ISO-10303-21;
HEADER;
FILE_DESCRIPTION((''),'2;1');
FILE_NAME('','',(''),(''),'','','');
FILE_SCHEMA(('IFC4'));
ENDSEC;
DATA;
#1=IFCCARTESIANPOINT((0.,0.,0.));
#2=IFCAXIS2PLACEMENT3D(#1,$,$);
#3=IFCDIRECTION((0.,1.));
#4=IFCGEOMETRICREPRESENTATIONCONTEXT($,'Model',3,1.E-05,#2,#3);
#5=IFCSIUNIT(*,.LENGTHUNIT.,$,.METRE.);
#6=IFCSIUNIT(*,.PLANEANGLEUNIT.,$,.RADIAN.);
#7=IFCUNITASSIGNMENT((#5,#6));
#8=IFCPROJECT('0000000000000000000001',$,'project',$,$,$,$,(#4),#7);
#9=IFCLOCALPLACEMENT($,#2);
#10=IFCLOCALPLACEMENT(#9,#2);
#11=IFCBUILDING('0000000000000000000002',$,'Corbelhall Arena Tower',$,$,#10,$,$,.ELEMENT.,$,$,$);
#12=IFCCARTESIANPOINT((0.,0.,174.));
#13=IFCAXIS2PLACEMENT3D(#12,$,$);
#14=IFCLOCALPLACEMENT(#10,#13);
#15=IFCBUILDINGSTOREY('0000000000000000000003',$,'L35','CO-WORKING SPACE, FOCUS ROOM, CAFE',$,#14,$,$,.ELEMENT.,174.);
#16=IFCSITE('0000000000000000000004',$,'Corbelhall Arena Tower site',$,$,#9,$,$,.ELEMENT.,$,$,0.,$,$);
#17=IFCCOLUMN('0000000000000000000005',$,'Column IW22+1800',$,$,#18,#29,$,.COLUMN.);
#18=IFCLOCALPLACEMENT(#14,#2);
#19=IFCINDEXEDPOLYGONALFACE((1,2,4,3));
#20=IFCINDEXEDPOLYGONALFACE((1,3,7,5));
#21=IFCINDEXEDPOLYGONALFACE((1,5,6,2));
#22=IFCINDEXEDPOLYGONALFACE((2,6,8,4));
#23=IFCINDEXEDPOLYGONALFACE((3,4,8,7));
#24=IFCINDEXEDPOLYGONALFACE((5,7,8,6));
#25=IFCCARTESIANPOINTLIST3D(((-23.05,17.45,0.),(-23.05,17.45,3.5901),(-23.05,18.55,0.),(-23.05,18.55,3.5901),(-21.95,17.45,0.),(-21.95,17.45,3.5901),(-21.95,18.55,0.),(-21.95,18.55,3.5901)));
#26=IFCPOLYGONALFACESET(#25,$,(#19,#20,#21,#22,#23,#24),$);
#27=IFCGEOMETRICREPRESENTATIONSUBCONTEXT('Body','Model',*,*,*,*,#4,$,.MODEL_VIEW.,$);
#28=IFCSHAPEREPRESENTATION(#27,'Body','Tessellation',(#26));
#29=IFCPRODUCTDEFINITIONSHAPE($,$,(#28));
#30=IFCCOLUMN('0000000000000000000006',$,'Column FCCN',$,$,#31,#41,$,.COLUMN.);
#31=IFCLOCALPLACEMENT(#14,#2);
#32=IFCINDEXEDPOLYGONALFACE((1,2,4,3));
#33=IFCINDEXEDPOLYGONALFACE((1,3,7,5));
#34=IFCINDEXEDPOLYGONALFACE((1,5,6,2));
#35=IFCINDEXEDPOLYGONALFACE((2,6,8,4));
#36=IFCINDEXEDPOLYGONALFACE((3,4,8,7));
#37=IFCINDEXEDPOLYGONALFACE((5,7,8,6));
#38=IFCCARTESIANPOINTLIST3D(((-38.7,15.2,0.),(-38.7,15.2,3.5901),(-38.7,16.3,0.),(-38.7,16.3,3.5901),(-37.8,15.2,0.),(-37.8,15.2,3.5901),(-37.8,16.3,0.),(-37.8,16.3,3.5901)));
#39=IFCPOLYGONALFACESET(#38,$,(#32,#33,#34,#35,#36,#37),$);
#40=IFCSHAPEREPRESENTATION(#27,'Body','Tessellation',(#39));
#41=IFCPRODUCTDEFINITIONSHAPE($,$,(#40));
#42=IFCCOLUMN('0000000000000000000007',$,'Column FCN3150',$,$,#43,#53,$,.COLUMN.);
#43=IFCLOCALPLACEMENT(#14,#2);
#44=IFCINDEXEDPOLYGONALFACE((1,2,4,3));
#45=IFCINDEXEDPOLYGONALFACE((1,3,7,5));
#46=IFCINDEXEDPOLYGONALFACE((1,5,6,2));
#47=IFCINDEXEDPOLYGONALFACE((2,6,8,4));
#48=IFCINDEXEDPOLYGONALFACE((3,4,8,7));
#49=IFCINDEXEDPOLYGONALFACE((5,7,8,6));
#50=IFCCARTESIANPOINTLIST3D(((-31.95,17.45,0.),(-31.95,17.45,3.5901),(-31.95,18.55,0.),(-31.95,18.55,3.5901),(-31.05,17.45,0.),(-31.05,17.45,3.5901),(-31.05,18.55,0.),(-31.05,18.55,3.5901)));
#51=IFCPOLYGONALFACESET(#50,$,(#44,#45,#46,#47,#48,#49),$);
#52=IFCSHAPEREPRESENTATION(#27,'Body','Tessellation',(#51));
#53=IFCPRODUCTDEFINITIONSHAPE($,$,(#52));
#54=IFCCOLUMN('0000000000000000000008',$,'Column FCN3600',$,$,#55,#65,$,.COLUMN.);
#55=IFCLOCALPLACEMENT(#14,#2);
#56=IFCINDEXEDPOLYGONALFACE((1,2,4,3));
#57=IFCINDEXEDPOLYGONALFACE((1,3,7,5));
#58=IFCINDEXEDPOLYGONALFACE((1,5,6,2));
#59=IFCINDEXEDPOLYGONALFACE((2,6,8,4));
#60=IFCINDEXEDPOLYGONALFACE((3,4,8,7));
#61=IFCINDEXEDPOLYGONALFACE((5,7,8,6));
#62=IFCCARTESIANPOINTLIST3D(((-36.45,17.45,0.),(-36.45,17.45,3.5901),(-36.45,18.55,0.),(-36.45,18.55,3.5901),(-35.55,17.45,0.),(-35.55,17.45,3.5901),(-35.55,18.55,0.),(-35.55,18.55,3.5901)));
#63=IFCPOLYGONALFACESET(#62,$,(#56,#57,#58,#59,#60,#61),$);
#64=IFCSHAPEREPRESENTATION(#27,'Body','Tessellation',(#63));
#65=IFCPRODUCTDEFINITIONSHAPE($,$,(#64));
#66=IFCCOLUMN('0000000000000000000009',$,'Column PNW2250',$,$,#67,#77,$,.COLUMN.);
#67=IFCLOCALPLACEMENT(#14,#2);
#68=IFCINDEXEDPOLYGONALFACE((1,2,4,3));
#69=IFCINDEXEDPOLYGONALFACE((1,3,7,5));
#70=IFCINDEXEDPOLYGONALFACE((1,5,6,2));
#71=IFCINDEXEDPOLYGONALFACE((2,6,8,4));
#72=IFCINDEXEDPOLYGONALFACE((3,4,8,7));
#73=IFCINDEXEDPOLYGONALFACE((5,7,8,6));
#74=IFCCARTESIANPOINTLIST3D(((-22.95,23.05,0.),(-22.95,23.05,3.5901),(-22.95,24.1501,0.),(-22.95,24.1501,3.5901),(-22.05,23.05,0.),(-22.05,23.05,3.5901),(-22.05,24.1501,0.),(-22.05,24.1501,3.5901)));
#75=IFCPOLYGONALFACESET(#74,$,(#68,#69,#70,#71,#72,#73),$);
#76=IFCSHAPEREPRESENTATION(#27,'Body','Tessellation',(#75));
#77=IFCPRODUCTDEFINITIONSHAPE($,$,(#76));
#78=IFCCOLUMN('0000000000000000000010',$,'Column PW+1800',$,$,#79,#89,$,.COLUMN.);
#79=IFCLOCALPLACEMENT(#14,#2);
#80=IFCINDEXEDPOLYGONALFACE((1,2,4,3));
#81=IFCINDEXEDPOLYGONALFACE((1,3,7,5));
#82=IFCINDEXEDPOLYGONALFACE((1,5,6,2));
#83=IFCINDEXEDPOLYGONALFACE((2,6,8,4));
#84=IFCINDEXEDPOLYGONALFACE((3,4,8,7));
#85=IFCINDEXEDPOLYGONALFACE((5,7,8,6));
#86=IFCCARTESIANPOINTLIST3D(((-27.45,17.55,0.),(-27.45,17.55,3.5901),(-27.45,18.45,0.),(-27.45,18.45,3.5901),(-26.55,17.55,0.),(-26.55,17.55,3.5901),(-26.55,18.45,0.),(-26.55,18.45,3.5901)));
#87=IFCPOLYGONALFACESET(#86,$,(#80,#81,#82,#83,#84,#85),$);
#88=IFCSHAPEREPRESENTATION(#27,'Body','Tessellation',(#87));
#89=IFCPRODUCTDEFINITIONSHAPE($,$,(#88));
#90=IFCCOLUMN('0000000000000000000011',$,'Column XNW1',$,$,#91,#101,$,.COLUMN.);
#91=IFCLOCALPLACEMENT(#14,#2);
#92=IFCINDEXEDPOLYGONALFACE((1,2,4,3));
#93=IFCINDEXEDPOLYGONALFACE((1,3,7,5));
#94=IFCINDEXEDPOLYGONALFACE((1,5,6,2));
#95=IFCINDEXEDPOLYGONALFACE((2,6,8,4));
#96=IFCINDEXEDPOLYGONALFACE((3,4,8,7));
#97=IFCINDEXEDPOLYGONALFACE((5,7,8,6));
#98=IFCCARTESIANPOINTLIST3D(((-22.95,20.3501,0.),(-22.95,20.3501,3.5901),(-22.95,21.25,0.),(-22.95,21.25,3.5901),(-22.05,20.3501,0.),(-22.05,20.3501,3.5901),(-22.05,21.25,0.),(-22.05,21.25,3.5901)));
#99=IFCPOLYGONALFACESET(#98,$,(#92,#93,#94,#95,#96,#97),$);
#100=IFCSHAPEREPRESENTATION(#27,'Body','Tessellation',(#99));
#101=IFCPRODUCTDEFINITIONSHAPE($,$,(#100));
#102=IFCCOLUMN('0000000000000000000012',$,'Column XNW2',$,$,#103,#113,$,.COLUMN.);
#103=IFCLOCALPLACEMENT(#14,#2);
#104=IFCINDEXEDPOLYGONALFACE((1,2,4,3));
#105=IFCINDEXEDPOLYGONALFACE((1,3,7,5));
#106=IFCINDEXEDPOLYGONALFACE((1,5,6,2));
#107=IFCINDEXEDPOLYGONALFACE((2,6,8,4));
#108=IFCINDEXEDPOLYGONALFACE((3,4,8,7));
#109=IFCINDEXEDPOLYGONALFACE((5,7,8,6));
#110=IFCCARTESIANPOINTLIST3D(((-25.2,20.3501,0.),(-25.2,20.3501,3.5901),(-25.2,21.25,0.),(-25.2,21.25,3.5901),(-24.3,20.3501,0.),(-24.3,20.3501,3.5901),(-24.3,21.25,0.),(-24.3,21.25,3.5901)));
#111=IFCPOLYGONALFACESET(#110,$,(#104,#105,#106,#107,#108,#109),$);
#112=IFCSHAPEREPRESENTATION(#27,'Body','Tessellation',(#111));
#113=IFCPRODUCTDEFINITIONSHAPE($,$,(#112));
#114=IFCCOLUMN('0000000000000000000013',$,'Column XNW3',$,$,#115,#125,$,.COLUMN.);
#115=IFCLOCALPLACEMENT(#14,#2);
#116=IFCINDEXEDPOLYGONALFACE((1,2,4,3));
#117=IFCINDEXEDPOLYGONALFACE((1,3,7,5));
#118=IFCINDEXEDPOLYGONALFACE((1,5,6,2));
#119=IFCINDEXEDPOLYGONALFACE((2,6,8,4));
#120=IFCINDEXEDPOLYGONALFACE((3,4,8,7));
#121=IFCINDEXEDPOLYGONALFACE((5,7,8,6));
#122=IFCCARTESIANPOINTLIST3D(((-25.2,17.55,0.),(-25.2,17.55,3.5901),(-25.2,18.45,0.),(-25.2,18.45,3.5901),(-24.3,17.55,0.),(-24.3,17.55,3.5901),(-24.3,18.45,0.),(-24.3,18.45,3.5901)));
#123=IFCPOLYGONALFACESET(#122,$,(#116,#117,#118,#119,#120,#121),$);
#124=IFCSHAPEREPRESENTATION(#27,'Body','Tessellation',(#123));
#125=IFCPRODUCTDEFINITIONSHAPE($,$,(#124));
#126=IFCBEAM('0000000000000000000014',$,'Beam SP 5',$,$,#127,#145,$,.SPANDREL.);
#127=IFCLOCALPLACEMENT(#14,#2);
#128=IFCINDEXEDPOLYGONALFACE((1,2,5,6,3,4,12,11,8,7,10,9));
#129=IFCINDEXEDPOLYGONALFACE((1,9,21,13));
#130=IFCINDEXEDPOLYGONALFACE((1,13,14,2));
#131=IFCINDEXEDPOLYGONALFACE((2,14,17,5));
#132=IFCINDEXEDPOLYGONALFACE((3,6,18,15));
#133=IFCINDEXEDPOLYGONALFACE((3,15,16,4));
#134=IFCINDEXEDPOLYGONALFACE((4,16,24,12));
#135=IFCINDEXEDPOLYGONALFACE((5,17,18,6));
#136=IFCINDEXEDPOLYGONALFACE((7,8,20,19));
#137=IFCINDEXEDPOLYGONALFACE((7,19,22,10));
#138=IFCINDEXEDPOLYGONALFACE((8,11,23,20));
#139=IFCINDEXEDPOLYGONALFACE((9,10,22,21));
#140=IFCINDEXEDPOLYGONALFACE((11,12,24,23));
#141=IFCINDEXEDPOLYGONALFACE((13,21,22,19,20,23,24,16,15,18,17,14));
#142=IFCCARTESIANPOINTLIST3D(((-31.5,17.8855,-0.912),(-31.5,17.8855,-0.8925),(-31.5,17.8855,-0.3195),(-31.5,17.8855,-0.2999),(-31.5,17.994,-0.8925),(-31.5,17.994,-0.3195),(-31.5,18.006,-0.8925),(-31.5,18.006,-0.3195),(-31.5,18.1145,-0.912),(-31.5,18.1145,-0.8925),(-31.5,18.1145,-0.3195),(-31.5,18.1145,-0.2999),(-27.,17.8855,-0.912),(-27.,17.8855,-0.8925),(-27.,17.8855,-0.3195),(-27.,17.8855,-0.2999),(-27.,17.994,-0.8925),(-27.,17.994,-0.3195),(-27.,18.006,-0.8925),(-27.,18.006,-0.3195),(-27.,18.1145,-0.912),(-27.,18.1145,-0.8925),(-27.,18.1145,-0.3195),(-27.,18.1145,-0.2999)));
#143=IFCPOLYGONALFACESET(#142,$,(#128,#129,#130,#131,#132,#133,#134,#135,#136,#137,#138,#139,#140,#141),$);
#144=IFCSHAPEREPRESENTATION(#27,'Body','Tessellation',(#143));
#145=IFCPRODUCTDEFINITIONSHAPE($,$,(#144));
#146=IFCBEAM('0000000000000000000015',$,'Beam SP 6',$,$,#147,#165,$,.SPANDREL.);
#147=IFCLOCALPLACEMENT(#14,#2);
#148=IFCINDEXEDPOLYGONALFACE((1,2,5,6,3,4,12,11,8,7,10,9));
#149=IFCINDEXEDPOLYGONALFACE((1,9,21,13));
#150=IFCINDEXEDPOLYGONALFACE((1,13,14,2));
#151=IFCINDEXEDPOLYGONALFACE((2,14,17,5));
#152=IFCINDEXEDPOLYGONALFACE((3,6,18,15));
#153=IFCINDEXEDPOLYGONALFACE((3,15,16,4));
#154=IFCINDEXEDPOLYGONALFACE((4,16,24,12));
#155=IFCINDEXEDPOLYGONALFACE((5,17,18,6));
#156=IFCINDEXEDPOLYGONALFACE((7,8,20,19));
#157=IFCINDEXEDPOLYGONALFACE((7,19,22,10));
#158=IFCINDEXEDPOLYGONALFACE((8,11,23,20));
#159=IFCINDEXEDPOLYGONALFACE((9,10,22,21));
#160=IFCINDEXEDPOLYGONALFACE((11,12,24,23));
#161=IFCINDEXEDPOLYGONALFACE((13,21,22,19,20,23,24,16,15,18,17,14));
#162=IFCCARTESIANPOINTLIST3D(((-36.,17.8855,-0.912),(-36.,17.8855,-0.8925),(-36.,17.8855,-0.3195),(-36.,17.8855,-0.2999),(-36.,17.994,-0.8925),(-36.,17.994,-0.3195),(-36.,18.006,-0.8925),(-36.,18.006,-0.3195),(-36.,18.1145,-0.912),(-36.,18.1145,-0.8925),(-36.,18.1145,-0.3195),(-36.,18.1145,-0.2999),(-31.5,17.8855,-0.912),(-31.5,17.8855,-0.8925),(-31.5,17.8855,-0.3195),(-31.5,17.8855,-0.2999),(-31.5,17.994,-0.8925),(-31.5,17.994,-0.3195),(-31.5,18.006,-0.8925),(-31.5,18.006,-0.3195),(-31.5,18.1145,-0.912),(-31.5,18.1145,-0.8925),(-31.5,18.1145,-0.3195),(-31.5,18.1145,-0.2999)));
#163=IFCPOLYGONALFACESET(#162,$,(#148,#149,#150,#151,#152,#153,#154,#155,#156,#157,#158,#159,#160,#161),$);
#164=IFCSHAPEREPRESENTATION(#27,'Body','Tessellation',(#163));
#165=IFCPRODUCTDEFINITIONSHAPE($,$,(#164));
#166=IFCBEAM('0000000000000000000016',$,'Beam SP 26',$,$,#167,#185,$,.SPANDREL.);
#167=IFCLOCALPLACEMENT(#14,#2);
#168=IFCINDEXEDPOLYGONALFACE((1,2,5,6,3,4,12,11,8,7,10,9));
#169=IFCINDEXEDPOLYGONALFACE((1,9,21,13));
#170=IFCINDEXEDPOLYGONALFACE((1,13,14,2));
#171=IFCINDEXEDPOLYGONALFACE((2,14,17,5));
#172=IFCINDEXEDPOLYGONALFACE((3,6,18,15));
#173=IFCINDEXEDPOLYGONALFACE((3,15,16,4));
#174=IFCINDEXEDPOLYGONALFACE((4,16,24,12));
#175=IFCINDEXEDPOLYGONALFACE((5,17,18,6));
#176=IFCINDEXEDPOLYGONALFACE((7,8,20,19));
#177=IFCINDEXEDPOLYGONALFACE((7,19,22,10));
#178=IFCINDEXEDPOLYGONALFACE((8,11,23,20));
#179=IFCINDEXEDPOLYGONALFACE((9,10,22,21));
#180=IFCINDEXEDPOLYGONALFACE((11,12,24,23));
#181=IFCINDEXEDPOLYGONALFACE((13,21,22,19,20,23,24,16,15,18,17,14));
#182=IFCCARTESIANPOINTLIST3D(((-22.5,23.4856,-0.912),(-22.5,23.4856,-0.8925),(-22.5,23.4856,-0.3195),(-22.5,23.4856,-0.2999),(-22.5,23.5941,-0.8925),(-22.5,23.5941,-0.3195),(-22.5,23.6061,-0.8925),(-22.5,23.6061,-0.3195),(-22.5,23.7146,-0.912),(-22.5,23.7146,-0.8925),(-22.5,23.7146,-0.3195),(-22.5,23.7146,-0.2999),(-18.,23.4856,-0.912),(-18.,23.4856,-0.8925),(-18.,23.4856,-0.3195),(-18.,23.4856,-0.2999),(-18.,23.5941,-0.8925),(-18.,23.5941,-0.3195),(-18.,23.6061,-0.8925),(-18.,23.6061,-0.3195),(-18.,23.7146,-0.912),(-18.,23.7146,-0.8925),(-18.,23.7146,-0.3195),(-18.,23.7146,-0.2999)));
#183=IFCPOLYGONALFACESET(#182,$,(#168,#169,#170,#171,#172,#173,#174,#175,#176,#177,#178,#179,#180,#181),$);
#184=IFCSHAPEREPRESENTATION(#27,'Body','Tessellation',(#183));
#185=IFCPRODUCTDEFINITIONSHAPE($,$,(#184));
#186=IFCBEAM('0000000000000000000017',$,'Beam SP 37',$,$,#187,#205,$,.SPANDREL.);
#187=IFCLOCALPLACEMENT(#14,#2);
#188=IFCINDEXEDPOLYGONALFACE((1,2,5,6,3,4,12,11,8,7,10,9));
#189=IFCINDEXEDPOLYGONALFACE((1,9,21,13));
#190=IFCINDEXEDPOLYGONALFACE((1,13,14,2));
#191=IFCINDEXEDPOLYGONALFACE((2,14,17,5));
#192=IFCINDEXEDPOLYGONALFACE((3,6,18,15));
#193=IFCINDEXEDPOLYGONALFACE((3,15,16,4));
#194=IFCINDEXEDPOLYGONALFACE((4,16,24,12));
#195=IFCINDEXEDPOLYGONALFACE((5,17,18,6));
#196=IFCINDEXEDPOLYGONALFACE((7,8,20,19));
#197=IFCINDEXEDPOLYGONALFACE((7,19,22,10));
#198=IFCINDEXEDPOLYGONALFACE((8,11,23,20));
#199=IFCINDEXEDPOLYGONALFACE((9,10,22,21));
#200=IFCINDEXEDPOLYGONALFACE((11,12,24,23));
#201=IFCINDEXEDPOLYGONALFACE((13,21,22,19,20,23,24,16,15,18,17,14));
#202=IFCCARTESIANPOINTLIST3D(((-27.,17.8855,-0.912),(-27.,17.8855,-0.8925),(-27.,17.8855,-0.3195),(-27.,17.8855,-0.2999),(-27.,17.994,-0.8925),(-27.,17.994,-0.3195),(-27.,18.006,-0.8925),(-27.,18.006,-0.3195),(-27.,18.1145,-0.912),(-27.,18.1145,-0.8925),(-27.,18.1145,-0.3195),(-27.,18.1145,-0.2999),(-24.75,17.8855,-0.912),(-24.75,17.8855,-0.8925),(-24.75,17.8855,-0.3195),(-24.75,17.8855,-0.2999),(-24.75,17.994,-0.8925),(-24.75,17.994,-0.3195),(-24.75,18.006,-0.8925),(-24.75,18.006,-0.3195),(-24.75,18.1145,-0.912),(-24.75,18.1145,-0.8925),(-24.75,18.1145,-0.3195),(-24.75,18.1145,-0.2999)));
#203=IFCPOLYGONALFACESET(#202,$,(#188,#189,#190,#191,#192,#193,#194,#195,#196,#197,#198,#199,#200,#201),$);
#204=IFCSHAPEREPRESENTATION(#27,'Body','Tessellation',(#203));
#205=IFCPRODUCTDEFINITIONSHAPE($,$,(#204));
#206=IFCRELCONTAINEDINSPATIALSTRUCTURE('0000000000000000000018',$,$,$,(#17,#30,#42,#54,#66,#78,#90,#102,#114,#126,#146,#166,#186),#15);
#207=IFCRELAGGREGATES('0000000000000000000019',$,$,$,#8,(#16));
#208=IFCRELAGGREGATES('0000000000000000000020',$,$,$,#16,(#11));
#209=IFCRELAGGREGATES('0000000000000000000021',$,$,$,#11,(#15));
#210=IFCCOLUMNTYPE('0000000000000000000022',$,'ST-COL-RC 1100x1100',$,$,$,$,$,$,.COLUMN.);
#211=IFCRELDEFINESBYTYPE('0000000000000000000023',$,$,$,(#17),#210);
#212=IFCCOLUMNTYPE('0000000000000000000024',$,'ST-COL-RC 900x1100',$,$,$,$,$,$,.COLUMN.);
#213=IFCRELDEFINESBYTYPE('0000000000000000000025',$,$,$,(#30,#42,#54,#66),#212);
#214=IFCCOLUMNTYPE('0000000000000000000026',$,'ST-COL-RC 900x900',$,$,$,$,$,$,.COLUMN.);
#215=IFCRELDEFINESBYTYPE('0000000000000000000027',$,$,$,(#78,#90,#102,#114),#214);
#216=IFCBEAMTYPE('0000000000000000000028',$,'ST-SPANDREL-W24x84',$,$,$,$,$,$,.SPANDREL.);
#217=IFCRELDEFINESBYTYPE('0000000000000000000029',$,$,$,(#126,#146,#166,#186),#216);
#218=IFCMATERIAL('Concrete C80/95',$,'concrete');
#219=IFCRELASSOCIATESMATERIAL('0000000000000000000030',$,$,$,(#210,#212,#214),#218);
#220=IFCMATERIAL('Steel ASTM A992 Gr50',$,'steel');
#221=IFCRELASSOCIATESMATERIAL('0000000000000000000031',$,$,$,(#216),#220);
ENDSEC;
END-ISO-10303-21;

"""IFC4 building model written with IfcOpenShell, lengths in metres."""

from ifc_helpers import new_model, si_unit, direction, frame, origin, origin_2d, place, context, subcontext, project, spatial, rectangle, i_section, extrude, material, material_profile, profile_set, type_object, element, save


model = new_model("IFC4")

# Units and contexts
model_context = context("Model", 3, precision=1e-05, world=origin(), true_north=direction((0.0, 1.0)))
body_context = subcontext(model_context, "Body", "Model", "MODEL_VIEW")
ifc_project = project(units=[si_unit("LENGTHUNIT", "METRE"), si_unit("PLANEANGLEUNIT", "RADIAN")], contexts=[model_context])

# Site, building, storey
site_placement = place(None, origin())
site = spatial("IfcSite", under=ifc_project, at=site_placement, Name="Corbelhall Arena Tower site", CompositionType="ELEMENT", RefElevation=0.0)
building_placement = place(site_placement, origin())
building = spatial("IfcBuilding", under=site, at=building_placement, Name="Corbelhall Arena Tower", CompositionType="ELEMENT")
storey_placement = place(building_placement, frame((0.0, 0.0, 174.0)))
storey = spatial("IfcBuildingStorey", under=building, at=storey_placement, Name="L35", Description="CO-WORKING SPACE, FOCUS ROOM, CAFE", CompositionType="ELEMENT", Elevation=174.0)

# Columns
ifc_material_1 = material(Name="Concrete C80/95", Category="concrete")
ifc_material_profile_1 = material_profile(ifc_material_1, rectangle(XDim=1.1001, YDim=1.1001, at=origin_2d()))
ifc_profile_set_1 = profile_set([ifc_material_profile_1], Name="Concrete C80/95")
column_type_1 = type_object("IfcColumnType", Name="ST-COL-RC 1100x1100", PredefinedType="COLUMN", material=ifc_profile_set_1)
column_placement = place(storey_placement, frame((-22.5, 18.0, 0.0), z_axis=(0.0, 0.0, 1.0), x_axis=(1.0, 0.0, 0.0)))
element("IfcColumn", 1, at=column_placement, inside=storey, type_object=column_type_1, Name="Column IW22+1800", PredefinedType="COLUMN", context=body_context, shape_type="SweptSolid", body=[
    extrude(rectangle(XDim=1.1001, YDim=1.1001, at=origin_2d()), origin(), (0.0, 0.0, 1.0), 3.5901),
])
ifc_material_profile_2 = material_profile(ifc_material_1, rectangle(XDim=0.8999, YDim=1.1001, at=origin_2d()))
ifc_profile_set_2 = profile_set([ifc_material_profile_2], Name="Concrete C80/95")
column_type_2 = type_object("IfcColumnType", Name="ST-COL-RC 900x1100", PredefinedType="COLUMN", material=ifc_profile_set_2)
for number, where, z_axis, x_axis, name in (
    (2, (-38.25, 15.75, 0.0), (0.0, 0.0, 1.0), (1.0, 0.0, 0.0), "Column FCCN"),
    (3, (-31.5, 18.0, 0.0), (0.0, 0.0, 1.0), (1.0, 0.0, 0.0), "Column FCN3150"),
    (4, (-36.0, 18.0, 0.0), (0.0, 0.0, 1.0), (1.0, 0.0, 0.0), "Column FCN3600"),
    (5, (-22.5, 23.6001, 0.0), (0.0, 0.0, 1.0), (1.0, 0.0, 0.0), "Column PNW2250"),
):
    element("IfcColumn", number, at=place(storey_placement, frame(where, z_axis=z_axis, x_axis=x_axis)), inside=storey, type_object=column_type_2, Name=name, PredefinedType="COLUMN", context=body_context, shape_type="SweptSolid", body=[
        extrude(rectangle(XDim=0.8999, YDim=1.1001, at=origin_2d()), origin(), (0.0, 0.0, 1.0), 3.5901),
    ])
ifc_material_profile_3 = material_profile(ifc_material_1, rectangle(XDim=0.8999, YDim=0.8999, at=origin_2d()))
ifc_profile_set_3 = profile_set([ifc_material_profile_3], Name="Concrete C80/95")
column_type_3 = type_object("IfcColumnType", Name="ST-COL-RC 900x900", PredefinedType="COLUMN", material=ifc_profile_set_3)
for number, where, z_axis, x_axis, name in (
    (6, (-27.0, 18.0, 0.0), (0.0, 0.0, 1.0), (1.0, 0.0, 0.0), "Column PW+1800"),
    (7, (-22.5, 20.8, 0.0), (0.0, 0.0, 1.0), (1.0, 0.0, 0.0), "Column XNW1"),
    (8, (-24.75, 20.8, 0.0), (0.0, 0.0, 1.0), (1.0, 0.0, 0.0), "Column XNW2"),
    (9, (-24.75, 18.0, 0.0), (0.0, 0.0, 1.0), (1.0, 0.0, 0.0), "Column XNW3"),
):
    element("IfcColumn", number, at=place(storey_placement, frame(where, z_axis=z_axis, x_axis=x_axis)), inside=storey, type_object=column_type_3, Name=name, PredefinedType="COLUMN", context=body_context, shape_type="SweptSolid", body=[
        extrude(rectangle(XDim=0.8999, YDim=0.8999, at=origin_2d()), origin(), (0.0, 0.0, 1.0), 3.5901),
    ])

# Beams
ifc_material_2 = material(Name="Steel ASTM A992 Gr50", Category="steel")
ifc_material_profile_4 = material_profile(ifc_material_2, i_section(OverallWidth=0.229, OverallDepth=0.6121, WebThickness=0.012, FlangeThickness=0.0195, at=origin_2d()))
ifc_profile_set_4 = profile_set([ifc_material_profile_4], Name="Steel ASTM A992 Gr50")
beam_type = type_object("IfcBeamType", Name="ST-SPANDREL-W24x84", PredefinedType="SPANDREL", material=ifc_profile_set_4)
for number, where, z_axis, x_axis, name in (
    (10, (-31.5, 18.0, -0.606), (1.0, 0.0, 0.0), (0.0, 1.0, 0.0), "Beam SP 5"),
    (11, (-36.0, 18.0, -0.606), (1.0, 0.0, 0.0), (0.0, 1.0, 0.0), "Beam SP 6"),
    (12, (-22.5, 23.6001, -0.606), (1.0, 0.0, 0.0), (0.0, 1.0, 0.0), "Beam SP 26"),
):
    element("IfcBeam", number, at=place(storey_placement, frame(where, z_axis=z_axis, x_axis=x_axis)), inside=storey, type_object=beam_type, Name=name, PredefinedType="SPANDREL", context=body_context, shape_type="SweptSolid", body=[
        extrude(i_section(OverallWidth=0.229, OverallDepth=0.6121, WebThickness=0.012, FlangeThickness=0.0195, at=origin_2d()), origin(), (0.0, 0.0, 1.0), 4.5),
    ])
beam_1_placement = place(storey_placement, frame((-27.0, 18.0, -0.606), z_axis=(1.0, 0.0, 0.0), x_axis=(0.0, 1.0, 0.0)))
element("IfcBeam", 13, at=beam_1_placement, inside=storey, type_object=beam_type, Name="Beam SP 37", PredefinedType="SPANDREL", context=body_context, shape_type="SweptSolid", body=[
    extrude(i_section(OverallWidth=0.229, OverallDepth=0.6121, WebThickness=0.012, FlangeThickness=0.0195, at=origin_2d()), origin(), (0.0, 0.0, 1.0), 2.25),
])

save(model, "model.ifc")
